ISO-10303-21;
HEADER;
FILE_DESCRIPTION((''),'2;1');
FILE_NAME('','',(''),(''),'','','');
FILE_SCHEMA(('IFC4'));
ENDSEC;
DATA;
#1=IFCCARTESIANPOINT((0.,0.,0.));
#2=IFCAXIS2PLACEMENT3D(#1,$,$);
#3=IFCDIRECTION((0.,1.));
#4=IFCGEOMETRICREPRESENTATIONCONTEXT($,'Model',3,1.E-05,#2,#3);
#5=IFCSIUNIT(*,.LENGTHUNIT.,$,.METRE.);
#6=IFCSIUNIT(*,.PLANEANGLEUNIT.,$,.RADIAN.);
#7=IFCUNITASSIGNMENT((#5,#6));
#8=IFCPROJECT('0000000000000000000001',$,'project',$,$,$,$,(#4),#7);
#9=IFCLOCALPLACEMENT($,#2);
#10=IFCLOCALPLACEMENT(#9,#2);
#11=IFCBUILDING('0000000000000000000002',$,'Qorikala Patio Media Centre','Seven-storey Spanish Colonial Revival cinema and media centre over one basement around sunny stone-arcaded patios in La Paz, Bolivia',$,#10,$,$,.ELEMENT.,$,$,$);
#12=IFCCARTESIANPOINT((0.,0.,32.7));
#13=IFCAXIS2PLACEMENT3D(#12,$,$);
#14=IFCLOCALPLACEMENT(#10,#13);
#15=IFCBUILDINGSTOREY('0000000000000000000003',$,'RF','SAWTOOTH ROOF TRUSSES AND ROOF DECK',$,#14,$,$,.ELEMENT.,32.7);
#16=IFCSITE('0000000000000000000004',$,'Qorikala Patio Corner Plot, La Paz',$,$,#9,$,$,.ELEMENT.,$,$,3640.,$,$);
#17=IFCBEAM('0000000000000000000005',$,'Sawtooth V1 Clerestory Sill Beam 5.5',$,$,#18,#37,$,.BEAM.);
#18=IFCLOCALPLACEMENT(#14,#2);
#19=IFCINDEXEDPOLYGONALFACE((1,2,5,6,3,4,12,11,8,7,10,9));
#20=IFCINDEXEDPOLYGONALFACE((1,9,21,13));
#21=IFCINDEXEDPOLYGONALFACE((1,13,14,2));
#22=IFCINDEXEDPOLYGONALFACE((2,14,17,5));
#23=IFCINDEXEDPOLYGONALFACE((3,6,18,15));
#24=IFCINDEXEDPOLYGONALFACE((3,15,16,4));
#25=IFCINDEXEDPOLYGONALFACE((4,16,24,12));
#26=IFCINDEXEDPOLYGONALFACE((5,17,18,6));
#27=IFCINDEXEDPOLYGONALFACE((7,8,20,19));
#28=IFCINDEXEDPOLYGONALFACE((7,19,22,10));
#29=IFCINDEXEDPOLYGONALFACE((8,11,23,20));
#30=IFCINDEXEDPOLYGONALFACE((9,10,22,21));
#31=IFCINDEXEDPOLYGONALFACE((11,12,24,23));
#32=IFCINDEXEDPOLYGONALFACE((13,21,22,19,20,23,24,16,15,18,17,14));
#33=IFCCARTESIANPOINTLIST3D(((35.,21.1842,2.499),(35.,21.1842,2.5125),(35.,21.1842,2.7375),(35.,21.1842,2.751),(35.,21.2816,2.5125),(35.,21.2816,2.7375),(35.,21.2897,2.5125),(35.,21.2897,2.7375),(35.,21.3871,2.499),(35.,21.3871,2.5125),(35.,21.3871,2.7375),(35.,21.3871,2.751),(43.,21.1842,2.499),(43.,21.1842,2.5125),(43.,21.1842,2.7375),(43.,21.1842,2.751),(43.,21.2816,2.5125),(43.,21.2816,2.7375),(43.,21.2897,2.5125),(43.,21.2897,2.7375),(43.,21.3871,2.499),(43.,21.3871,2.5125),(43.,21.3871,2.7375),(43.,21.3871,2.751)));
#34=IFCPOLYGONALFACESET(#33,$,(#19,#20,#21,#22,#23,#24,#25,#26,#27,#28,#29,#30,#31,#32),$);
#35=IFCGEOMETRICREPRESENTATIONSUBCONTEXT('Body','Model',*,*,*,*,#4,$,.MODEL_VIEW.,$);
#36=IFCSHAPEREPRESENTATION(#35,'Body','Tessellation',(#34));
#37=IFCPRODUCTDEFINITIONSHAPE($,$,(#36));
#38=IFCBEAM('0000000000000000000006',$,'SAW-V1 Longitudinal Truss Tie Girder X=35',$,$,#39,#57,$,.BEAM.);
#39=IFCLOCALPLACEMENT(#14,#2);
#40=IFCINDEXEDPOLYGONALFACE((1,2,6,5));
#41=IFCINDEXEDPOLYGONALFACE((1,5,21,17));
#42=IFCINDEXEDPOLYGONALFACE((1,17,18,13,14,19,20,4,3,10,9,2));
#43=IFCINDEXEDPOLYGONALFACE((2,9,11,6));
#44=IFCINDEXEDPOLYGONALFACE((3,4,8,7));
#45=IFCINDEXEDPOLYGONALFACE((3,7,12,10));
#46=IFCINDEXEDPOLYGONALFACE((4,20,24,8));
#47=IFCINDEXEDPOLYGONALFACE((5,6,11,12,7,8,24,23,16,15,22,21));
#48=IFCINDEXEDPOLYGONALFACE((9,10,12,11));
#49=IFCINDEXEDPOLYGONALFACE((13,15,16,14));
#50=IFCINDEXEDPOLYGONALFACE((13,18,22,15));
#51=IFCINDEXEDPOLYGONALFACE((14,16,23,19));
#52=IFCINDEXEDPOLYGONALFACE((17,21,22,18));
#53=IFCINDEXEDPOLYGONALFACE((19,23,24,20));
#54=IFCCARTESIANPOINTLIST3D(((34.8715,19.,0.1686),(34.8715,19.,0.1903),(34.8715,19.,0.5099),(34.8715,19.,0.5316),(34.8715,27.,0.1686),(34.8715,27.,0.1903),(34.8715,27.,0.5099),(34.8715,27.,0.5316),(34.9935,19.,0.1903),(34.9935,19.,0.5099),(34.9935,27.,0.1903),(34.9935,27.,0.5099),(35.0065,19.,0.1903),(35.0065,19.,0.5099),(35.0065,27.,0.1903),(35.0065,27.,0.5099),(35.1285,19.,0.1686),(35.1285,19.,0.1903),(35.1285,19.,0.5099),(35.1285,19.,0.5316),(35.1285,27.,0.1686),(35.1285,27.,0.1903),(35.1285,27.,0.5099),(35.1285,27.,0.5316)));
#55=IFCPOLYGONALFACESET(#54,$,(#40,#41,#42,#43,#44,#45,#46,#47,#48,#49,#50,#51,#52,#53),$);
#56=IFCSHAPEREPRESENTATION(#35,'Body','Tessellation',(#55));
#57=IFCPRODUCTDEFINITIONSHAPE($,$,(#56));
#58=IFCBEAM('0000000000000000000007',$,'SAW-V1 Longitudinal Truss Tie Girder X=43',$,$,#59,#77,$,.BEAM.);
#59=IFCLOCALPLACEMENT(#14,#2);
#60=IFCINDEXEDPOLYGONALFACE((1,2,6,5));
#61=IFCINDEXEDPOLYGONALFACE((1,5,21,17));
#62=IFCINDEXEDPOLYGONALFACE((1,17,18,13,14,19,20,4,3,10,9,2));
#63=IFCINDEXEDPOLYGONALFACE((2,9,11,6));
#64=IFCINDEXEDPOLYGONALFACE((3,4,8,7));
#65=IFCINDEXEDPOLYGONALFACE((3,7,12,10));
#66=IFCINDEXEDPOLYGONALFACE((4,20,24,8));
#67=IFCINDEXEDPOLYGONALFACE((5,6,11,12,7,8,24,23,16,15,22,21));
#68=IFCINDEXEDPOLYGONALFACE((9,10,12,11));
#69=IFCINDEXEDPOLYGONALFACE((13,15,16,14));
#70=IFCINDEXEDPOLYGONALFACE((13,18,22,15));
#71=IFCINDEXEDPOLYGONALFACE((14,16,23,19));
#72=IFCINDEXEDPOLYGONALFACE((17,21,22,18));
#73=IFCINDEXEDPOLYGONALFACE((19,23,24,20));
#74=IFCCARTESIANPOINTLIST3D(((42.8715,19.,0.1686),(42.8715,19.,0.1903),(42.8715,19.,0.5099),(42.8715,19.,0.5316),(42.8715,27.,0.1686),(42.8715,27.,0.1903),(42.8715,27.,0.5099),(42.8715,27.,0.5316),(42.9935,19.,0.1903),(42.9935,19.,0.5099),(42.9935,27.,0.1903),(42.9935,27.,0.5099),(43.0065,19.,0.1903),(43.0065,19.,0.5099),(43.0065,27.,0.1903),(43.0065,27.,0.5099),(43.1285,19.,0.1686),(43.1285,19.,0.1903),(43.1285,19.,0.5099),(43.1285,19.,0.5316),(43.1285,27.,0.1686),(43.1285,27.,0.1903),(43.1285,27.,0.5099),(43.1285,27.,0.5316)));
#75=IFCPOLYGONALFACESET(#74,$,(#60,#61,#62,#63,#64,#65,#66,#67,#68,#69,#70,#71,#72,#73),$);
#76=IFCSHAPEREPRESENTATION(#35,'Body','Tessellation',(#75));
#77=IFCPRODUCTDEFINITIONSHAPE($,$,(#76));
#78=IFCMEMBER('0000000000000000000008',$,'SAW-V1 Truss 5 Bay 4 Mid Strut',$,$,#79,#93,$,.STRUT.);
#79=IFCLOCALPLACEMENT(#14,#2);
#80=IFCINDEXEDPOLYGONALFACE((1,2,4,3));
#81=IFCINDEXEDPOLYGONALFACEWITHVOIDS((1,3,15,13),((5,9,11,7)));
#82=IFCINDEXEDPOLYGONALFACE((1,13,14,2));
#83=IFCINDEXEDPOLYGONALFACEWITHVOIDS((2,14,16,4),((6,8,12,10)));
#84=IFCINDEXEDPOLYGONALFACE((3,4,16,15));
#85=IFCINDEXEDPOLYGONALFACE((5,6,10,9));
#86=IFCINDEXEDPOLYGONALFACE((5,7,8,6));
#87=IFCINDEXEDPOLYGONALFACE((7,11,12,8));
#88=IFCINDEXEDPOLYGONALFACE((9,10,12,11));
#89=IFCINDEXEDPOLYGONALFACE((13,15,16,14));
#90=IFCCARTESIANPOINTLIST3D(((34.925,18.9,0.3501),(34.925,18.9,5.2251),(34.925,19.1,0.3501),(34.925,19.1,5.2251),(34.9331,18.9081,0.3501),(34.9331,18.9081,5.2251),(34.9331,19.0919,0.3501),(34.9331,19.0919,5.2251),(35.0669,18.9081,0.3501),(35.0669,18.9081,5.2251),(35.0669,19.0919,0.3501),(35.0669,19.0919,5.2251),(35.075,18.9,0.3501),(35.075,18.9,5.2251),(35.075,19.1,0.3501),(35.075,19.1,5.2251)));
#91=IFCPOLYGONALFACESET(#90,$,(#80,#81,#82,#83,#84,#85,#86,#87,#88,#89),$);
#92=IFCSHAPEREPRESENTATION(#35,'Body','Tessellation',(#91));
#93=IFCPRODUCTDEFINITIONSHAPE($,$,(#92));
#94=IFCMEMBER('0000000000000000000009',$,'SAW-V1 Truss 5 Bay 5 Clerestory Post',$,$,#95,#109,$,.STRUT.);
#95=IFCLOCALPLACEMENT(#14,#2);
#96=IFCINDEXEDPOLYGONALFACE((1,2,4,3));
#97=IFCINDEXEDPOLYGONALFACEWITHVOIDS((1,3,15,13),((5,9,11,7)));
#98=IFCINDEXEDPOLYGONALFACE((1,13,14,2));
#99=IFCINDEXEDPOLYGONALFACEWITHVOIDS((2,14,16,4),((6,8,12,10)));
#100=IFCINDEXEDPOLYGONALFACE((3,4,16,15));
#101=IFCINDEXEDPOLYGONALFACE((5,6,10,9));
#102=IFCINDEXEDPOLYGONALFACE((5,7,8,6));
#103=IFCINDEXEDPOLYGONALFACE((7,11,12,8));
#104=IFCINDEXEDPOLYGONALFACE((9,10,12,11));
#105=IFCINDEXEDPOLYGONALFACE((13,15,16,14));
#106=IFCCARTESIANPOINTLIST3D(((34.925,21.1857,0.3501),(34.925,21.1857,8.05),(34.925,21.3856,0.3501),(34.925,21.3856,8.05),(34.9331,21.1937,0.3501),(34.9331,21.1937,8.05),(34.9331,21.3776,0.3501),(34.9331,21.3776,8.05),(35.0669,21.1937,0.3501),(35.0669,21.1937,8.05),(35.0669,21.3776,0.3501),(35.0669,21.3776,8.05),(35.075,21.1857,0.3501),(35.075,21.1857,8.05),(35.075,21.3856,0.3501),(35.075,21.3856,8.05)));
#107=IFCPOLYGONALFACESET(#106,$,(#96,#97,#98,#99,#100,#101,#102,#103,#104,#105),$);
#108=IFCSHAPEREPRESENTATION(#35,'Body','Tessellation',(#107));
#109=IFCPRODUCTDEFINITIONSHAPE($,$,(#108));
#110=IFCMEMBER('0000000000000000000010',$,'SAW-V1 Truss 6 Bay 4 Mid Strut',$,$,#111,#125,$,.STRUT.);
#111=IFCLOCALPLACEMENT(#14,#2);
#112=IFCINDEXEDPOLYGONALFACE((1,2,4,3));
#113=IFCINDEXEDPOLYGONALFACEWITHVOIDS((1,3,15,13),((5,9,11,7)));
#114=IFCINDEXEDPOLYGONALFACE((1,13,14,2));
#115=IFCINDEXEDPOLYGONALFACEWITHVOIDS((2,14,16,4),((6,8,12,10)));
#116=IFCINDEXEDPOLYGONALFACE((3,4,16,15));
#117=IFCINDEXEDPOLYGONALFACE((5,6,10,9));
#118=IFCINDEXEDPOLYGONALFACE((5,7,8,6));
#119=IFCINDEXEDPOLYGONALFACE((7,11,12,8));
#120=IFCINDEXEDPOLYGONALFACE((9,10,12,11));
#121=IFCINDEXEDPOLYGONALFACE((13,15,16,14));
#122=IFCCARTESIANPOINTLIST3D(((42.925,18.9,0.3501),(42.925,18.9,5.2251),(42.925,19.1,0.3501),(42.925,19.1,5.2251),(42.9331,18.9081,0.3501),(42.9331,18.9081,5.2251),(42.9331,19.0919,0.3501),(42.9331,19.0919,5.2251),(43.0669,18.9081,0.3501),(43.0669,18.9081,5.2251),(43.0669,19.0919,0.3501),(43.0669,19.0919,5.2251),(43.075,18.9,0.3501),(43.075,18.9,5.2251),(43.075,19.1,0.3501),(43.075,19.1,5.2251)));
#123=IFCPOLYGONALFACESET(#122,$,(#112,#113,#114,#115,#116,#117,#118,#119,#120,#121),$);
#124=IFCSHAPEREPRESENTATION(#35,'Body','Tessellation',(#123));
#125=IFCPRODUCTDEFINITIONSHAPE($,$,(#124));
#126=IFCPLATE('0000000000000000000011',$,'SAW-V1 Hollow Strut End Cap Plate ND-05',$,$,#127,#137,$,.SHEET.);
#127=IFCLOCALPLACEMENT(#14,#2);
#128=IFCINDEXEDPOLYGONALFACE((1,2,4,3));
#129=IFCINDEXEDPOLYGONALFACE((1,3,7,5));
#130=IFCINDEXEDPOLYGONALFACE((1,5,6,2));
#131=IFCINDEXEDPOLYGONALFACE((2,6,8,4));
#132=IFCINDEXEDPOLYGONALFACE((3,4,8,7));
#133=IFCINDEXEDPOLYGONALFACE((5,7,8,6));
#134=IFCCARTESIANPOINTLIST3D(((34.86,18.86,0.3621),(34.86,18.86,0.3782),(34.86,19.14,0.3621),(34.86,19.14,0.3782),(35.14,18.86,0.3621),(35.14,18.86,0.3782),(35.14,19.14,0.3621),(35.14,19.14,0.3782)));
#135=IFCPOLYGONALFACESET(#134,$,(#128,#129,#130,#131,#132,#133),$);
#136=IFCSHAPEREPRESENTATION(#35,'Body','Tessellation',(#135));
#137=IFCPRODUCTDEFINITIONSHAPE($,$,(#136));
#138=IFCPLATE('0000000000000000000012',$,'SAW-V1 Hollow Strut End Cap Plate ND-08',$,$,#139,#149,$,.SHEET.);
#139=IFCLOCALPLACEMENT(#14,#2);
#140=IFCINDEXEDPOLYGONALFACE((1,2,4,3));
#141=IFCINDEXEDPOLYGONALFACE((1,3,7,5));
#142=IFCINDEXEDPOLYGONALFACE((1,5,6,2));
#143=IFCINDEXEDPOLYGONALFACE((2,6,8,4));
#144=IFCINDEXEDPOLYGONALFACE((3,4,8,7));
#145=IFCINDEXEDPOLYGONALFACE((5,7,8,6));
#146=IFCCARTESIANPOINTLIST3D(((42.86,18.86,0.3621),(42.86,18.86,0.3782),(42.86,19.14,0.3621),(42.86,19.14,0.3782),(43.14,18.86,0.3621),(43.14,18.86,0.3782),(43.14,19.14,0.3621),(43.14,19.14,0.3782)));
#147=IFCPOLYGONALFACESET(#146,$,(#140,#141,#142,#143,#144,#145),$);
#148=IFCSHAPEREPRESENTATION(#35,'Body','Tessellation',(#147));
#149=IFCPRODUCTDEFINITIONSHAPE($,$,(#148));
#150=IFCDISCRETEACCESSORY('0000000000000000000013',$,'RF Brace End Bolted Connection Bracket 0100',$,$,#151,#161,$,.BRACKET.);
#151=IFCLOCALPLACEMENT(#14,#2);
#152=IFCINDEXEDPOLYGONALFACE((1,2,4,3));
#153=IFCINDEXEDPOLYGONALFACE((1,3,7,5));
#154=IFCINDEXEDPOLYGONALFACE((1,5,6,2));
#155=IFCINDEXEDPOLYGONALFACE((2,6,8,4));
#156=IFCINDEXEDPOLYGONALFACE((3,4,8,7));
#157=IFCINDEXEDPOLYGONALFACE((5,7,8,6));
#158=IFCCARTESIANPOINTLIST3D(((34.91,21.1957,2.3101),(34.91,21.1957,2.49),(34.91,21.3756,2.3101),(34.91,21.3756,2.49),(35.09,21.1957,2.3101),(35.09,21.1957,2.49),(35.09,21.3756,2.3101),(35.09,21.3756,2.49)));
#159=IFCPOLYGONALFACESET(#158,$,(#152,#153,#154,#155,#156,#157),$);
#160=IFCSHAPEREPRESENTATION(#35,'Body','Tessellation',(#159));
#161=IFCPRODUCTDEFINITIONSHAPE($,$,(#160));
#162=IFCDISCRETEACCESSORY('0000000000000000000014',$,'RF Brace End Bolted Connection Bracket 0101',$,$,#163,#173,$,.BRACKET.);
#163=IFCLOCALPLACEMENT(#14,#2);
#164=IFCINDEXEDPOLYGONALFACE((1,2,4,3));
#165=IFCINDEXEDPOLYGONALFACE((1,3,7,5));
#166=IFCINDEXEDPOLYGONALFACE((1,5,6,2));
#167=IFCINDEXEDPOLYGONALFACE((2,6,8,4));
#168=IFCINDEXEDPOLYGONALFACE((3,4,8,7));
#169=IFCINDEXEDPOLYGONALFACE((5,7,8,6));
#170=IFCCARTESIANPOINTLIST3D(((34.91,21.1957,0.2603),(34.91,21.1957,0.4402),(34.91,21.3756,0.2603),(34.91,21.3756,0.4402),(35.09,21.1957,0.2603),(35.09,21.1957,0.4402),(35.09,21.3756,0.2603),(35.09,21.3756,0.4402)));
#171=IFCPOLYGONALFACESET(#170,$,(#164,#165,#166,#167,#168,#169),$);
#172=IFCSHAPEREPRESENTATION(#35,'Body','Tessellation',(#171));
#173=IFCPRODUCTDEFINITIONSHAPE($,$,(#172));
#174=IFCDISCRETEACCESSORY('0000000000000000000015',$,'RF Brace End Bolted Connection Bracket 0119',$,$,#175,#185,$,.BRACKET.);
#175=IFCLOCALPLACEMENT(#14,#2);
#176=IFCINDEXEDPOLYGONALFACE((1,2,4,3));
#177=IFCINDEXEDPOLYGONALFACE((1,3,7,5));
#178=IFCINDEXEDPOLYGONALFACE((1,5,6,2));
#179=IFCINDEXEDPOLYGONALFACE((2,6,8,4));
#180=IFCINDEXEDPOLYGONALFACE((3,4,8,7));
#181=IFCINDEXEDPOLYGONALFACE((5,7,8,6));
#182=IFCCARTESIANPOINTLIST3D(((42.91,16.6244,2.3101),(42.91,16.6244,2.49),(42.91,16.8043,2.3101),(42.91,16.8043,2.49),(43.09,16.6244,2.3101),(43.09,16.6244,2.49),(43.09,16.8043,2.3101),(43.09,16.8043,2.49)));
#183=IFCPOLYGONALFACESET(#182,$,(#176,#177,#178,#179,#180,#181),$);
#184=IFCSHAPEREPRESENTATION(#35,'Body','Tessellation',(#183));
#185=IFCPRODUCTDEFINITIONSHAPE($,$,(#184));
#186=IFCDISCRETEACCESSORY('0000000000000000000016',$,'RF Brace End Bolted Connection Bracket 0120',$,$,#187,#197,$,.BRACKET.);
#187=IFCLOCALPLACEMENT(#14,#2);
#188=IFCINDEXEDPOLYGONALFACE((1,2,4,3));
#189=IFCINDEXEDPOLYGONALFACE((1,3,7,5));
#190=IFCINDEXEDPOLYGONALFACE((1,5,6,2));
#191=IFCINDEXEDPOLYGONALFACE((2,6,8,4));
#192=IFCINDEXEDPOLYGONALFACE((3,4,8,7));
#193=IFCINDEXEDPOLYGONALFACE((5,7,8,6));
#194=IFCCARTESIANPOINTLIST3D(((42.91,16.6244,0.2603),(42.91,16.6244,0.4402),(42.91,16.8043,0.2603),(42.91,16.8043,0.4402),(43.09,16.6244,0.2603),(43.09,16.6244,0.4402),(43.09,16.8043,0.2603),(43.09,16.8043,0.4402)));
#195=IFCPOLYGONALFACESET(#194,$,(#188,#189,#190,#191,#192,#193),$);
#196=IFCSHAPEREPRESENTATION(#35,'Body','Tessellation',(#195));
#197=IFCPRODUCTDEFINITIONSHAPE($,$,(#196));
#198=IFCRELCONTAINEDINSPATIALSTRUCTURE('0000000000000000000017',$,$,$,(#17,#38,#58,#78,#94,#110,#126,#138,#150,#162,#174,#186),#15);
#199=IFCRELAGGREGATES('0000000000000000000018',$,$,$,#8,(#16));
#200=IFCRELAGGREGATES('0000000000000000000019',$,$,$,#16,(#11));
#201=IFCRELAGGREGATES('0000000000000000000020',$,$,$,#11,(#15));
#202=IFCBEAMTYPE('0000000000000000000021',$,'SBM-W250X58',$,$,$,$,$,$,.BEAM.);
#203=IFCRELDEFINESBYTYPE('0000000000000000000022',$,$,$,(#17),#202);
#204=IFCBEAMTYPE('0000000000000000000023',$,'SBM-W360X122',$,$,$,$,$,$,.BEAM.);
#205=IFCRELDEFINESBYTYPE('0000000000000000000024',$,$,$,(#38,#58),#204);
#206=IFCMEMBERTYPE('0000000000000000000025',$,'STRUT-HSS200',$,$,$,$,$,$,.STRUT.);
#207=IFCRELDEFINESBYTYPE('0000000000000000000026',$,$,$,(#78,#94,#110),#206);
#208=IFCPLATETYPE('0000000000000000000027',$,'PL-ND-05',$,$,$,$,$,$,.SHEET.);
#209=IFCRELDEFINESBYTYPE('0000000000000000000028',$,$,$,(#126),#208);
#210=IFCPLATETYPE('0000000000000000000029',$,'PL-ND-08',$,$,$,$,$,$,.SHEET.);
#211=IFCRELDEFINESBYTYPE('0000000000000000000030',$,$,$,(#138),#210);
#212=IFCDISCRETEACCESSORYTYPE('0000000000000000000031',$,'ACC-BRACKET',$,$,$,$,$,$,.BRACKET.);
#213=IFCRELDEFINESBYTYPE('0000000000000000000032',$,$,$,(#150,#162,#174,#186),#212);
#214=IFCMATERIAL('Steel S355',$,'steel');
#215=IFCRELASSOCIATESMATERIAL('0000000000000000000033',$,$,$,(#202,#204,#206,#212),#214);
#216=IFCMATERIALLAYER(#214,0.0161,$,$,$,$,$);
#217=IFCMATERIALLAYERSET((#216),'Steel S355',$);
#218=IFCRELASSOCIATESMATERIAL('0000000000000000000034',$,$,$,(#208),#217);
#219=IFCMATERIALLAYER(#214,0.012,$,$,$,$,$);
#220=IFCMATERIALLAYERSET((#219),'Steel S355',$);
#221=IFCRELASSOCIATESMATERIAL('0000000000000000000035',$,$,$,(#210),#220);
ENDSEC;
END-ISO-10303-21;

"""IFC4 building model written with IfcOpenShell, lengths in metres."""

from ifc_helpers import new_model, si_unit, direction, frame, origin, origin_2d, place, context, subcontext, project, spatial, rectangle, hollow_rectangle, i_section, extrude, material, layer, layer_set, material_profile, profile_set, type_object, element, save


model = new_model("IFC4")

# Units and contexts
model_context = context("Model", 3, precision=1e-05, world=origin(), true_north=direction((0.0, 1.0)))
body_context = subcontext(model_context, "Body", "Model", "MODEL_VIEW")
ifc_project = project(units=[si_unit("LENGTHUNIT", "METRE"), si_unit("PLANEANGLEUNIT", "RADIAN")], contexts=[model_context])

# Site, building, storey
site_placement = place(None, origin())
site = spatial("IfcSite", under=ifc_project, at=site_placement, Name="Qorikala Patio Corner Plot, La Paz", CompositionType="ELEMENT", RefElevation=3640.0)
building_placement = place(site_placement, origin())
building = spatial("IfcBuilding", under=site, at=building_placement, Name="Qorikala Patio Media Centre", Description="Seven-storey Spanish Colonial Revival cinema and media centre over one basement around sunny stone-arcaded patios in La Paz, Bolivia", CompositionType="ELEMENT")
storey_placement = place(building_placement, frame((0.0, 0.0, 32.7)))
storey = spatial("IfcBuildingStorey", under=building, at=storey_placement, Name="RF", Description="SAWTOOTH ROOF TRUSSES AND ROOF DECK", CompositionType="ELEMENT", Elevation=32.7)

# Shared definitions
ifc_material_1 = material(Name="Steel S355", Category="steel")

# Beams
ifc_material_profile_1 = material_profile(ifc_material_1, i_section(OverallWidth=0.2029, OverallDepth=0.252, WebThickness=0.0081, FlangeThickness=0.0134, at=origin_2d()), Name="W250X58")
ifc_profile_set_1 = profile_set([ifc_material_profile_1], Name="Steel S355")
beam_type_1 = type_object("IfcBeamType", Name="SBM-W250X58", PredefinedType="BEAM", material=ifc_profile_set_1)
beam_placement = place(storey_placement, frame((35.0, 21.2856, 2.625), z_axis=(1.0, 0.0, 0.0), x_axis=(0.0, 1.0, 0.0)))
element("IfcBeam", 1, at=beam_placement, inside=storey, type_object=beam_type_1, Name="Sawtooth V1 Clerestory Sill Beam 5.5", PredefinedType="BEAM", context=body_context, shape_type="SweptSolid", body=[
    extrude(i_section(OverallWidth=0.2029, OverallDepth=0.252, WebThickness=0.0081, FlangeThickness=0.0134, at=origin_2d()), origin(), (0.0, 0.0, 1.0), 8.0),
])
ifc_material_profile_2 = material_profile(ifc_material_1, i_section(OverallWidth=0.2571, OverallDepth=0.363, WebThickness=0.0129, FlangeThickness=0.0217, at=origin_2d()), Name="W360X122")
ifc_profile_set_2 = profile_set([ifc_material_profile_2], Name="Steel S355")
beam_type_2 = type_object("IfcBeamType", Name="SBM-W360X122", PredefinedType="BEAM", material=ifc_profile_set_2)
for number, where, z_axis, x_axis, name in (
    (2, (35.0, 19.0, 0.3501), (0.0, 1.0, 0.0), (-1.0, 0.0, 0.0), "SAW-V1 Longitudinal Truss Tie Girder X=35"),
    (3, (43.0, 19.0, 0.3501), (0.0, 1.0, 0.0), (-1.0, 0.0, 0.0), "SAW-V1 Longitudinal Truss Tie Girder X=43"),
):
    element("IfcBeam", number, at=place(storey_placement, frame(where, z_axis=z_axis, x_axis=x_axis)), inside=storey, type_object=beam_type_2, Name=name, PredefinedType="BEAM", context=body_context, shape_type="SweptSolid", body=[
        extrude(i_section(OverallWidth=0.2571, OverallDepth=0.363, WebThickness=0.0129, FlangeThickness=0.0217, at=origin_2d()), origin(), (0.0, 0.0, 1.0), 8.0),
    ])

# Members
ifc_material_profile_3 = material_profile(ifc_material_1, hollow_rectangle(XDim=0.1499, YDim=0.2, WallThickness=0.0081, at=origin_2d()), Name="HSS200X150X8")
ifc_profile_set_3 = profile_set([ifc_material_profile_3], Name="Steel S355")
member_type_1 = type_object("IfcMemberType", Name="STRUT-HSS200", PredefinedType="STRUT", material=ifc_profile_set_3)
member_1_placement = place(storey_placement, frame((35.0, 19.0, 0.3501), z_axis=(0.0, 0.0, 1.0), x_axis=(1.0, 0.0, 0.0)))
element("IfcMember", 4, at=member_1_placement, inside=storey, type_object=member_type_1, Name="SAW-V1 Truss 5 Bay 4 Mid Strut", PredefinedType="STRUT", context=body_context, shape_type="SweptSolid", body=[
    extrude(hollow_rectangle(XDim=0.1499, YDim=0.2, WallThickness=0.0081, at=origin_2d()), origin(), (0.0, 0.0, 1.0), 4.875),
])
member_2_placement = place(storey_placement, frame((35.0, 21.2856, 0.3501), z_axis=(0.0, 0.0, 1.0), x_axis=(1.0, 0.0, 0.0)))
element("IfcMember", 5, at=member_2_placement, inside=storey, type_object=member_type_1, Name="SAW-V1 Truss 5 Bay 5 Clerestory Post", PredefinedType="STRUT", context=body_context, shape_type="SweptSolid", body=[
    extrude(hollow_rectangle(XDim=0.1499, YDim=0.2, WallThickness=0.0081, at=origin_2d()), origin(), (0.0, 0.0, 1.0), 7.7),
])
member_3_placement = place(storey_placement, frame((43.0, 19.0, 0.3501), z_axis=(0.0, 0.0, 1.0), x_axis=(1.0, 0.0, 0.0)))
element("IfcMember", 6, at=member_3_placement, inside=storey, type_object=member_type_1, Name="SAW-V1 Truss 6 Bay 4 Mid Strut", PredefinedType="STRUT", context=body_context, shape_type="SweptSolid", body=[
    extrude(hollow_rectangle(XDim=0.1499, YDim=0.2, WallThickness=0.0081, at=origin_2d()), origin(), (0.0, 0.0, 1.0), 4.875),
])

# Plates
ifc_layer_1 = layer(ifc_material_1, 0.0161)
ifc_layer_set_1 = layer_set([ifc_layer_1], Name="Steel S355")
plate_type_1 = type_object("IfcPlateType", Name="PL-ND-05", PredefinedType="SHEET", material=ifc_layer_set_1)
plate_1_placement = place(storey_placement, frame((35.0, 19.0, 0.3621), z_axis=(0.0, 0.0, 1.0), x_axis=(1.0, 0.0, 0.0)))
element("IfcPlate", 7, at=plate_1_placement, inside=storey, type_object=plate_type_1, Name="SAW-V1 Hollow Strut End Cap Plate ND-05", PredefinedType="SHEET", context=body_context, shape_type="SweptSolid", body=[
    extrude(rectangle(XDim=0.28, YDim=0.28, at=origin_2d()), origin(), (0.0, 0.0, 1.0), 0.0161),
])
ifc_layer_2 = layer(ifc_material_1, 0.012)
ifc_layer_set_2 = layer_set([ifc_layer_2], Name="Steel S355")
plate_type_2 = type_object("IfcPlateType", Name="PL-ND-08", PredefinedType="SHEET", material=ifc_layer_set_2)
plate_2_placement = place(storey_placement, frame((43.0, 19.0, 0.3621), z_axis=(0.0, 0.0, 1.0), x_axis=(1.0, 0.0, 0.0)))
element("IfcPlate", 8, at=plate_2_placement, inside=storey, type_object=plate_type_2, Name="SAW-V1 Hollow Strut End Cap Plate ND-08", PredefinedType="SHEET", context=body_context, shape_type="SweptSolid", body=[
    extrude(rectangle(XDim=0.28, YDim=0.28, at=origin_2d()), origin(), (0.0, 0.0, 1.0), 0.0161),
])

# Discrete accessories
discrete_accessory_type = type_object("IfcDiscreteAccessoryType", Name="ACC-BRACKET", PredefinedType="BRACKET", material=ifc_material_1)
for number, where, z_axis, x_axis, name in (
    (9, (35.0, 21.2856, 2.3101), (0.0, 0.0, 1.0), (1.0, 0.0, 0.0), "RF Brace End Bolted Connection Bracket 0100"),
    (10, (35.0, 21.2856, 0.2603), (0.0, 0.0, 1.0), (1.0, 0.0, 0.0), "RF Brace End Bolted Connection Bracket 0101"),
    (11, (43.0, 16.7144, 2.3101), (0.0, 0.0, 1.0), (1.0, 0.0, 0.0), "RF Brace End Bolted Connection Bracket 0119"),
    (12, (43.0, 16.7144, 0.2603), (0.0, 0.0, 1.0), (1.0, 0.0, 0.0), "RF Brace End Bolted Connection Bracket 0120"),
):
    element("IfcDiscreteAccessory", number, at=place(storey_placement, frame(where, z_axis=z_axis, x_axis=x_axis)), inside=storey, type_object=discrete_accessory_type, Name=name, PredefinedType="BRACKET", context=body_context, shape_type="SweptSolid", body=[
        extrude(rectangle(XDim=0.1799, YDim=0.1799, at=origin_2d()), origin(), (0.0, 0.0, 1.0), 0.1799),
    ])

save(model, "model.ifc")
